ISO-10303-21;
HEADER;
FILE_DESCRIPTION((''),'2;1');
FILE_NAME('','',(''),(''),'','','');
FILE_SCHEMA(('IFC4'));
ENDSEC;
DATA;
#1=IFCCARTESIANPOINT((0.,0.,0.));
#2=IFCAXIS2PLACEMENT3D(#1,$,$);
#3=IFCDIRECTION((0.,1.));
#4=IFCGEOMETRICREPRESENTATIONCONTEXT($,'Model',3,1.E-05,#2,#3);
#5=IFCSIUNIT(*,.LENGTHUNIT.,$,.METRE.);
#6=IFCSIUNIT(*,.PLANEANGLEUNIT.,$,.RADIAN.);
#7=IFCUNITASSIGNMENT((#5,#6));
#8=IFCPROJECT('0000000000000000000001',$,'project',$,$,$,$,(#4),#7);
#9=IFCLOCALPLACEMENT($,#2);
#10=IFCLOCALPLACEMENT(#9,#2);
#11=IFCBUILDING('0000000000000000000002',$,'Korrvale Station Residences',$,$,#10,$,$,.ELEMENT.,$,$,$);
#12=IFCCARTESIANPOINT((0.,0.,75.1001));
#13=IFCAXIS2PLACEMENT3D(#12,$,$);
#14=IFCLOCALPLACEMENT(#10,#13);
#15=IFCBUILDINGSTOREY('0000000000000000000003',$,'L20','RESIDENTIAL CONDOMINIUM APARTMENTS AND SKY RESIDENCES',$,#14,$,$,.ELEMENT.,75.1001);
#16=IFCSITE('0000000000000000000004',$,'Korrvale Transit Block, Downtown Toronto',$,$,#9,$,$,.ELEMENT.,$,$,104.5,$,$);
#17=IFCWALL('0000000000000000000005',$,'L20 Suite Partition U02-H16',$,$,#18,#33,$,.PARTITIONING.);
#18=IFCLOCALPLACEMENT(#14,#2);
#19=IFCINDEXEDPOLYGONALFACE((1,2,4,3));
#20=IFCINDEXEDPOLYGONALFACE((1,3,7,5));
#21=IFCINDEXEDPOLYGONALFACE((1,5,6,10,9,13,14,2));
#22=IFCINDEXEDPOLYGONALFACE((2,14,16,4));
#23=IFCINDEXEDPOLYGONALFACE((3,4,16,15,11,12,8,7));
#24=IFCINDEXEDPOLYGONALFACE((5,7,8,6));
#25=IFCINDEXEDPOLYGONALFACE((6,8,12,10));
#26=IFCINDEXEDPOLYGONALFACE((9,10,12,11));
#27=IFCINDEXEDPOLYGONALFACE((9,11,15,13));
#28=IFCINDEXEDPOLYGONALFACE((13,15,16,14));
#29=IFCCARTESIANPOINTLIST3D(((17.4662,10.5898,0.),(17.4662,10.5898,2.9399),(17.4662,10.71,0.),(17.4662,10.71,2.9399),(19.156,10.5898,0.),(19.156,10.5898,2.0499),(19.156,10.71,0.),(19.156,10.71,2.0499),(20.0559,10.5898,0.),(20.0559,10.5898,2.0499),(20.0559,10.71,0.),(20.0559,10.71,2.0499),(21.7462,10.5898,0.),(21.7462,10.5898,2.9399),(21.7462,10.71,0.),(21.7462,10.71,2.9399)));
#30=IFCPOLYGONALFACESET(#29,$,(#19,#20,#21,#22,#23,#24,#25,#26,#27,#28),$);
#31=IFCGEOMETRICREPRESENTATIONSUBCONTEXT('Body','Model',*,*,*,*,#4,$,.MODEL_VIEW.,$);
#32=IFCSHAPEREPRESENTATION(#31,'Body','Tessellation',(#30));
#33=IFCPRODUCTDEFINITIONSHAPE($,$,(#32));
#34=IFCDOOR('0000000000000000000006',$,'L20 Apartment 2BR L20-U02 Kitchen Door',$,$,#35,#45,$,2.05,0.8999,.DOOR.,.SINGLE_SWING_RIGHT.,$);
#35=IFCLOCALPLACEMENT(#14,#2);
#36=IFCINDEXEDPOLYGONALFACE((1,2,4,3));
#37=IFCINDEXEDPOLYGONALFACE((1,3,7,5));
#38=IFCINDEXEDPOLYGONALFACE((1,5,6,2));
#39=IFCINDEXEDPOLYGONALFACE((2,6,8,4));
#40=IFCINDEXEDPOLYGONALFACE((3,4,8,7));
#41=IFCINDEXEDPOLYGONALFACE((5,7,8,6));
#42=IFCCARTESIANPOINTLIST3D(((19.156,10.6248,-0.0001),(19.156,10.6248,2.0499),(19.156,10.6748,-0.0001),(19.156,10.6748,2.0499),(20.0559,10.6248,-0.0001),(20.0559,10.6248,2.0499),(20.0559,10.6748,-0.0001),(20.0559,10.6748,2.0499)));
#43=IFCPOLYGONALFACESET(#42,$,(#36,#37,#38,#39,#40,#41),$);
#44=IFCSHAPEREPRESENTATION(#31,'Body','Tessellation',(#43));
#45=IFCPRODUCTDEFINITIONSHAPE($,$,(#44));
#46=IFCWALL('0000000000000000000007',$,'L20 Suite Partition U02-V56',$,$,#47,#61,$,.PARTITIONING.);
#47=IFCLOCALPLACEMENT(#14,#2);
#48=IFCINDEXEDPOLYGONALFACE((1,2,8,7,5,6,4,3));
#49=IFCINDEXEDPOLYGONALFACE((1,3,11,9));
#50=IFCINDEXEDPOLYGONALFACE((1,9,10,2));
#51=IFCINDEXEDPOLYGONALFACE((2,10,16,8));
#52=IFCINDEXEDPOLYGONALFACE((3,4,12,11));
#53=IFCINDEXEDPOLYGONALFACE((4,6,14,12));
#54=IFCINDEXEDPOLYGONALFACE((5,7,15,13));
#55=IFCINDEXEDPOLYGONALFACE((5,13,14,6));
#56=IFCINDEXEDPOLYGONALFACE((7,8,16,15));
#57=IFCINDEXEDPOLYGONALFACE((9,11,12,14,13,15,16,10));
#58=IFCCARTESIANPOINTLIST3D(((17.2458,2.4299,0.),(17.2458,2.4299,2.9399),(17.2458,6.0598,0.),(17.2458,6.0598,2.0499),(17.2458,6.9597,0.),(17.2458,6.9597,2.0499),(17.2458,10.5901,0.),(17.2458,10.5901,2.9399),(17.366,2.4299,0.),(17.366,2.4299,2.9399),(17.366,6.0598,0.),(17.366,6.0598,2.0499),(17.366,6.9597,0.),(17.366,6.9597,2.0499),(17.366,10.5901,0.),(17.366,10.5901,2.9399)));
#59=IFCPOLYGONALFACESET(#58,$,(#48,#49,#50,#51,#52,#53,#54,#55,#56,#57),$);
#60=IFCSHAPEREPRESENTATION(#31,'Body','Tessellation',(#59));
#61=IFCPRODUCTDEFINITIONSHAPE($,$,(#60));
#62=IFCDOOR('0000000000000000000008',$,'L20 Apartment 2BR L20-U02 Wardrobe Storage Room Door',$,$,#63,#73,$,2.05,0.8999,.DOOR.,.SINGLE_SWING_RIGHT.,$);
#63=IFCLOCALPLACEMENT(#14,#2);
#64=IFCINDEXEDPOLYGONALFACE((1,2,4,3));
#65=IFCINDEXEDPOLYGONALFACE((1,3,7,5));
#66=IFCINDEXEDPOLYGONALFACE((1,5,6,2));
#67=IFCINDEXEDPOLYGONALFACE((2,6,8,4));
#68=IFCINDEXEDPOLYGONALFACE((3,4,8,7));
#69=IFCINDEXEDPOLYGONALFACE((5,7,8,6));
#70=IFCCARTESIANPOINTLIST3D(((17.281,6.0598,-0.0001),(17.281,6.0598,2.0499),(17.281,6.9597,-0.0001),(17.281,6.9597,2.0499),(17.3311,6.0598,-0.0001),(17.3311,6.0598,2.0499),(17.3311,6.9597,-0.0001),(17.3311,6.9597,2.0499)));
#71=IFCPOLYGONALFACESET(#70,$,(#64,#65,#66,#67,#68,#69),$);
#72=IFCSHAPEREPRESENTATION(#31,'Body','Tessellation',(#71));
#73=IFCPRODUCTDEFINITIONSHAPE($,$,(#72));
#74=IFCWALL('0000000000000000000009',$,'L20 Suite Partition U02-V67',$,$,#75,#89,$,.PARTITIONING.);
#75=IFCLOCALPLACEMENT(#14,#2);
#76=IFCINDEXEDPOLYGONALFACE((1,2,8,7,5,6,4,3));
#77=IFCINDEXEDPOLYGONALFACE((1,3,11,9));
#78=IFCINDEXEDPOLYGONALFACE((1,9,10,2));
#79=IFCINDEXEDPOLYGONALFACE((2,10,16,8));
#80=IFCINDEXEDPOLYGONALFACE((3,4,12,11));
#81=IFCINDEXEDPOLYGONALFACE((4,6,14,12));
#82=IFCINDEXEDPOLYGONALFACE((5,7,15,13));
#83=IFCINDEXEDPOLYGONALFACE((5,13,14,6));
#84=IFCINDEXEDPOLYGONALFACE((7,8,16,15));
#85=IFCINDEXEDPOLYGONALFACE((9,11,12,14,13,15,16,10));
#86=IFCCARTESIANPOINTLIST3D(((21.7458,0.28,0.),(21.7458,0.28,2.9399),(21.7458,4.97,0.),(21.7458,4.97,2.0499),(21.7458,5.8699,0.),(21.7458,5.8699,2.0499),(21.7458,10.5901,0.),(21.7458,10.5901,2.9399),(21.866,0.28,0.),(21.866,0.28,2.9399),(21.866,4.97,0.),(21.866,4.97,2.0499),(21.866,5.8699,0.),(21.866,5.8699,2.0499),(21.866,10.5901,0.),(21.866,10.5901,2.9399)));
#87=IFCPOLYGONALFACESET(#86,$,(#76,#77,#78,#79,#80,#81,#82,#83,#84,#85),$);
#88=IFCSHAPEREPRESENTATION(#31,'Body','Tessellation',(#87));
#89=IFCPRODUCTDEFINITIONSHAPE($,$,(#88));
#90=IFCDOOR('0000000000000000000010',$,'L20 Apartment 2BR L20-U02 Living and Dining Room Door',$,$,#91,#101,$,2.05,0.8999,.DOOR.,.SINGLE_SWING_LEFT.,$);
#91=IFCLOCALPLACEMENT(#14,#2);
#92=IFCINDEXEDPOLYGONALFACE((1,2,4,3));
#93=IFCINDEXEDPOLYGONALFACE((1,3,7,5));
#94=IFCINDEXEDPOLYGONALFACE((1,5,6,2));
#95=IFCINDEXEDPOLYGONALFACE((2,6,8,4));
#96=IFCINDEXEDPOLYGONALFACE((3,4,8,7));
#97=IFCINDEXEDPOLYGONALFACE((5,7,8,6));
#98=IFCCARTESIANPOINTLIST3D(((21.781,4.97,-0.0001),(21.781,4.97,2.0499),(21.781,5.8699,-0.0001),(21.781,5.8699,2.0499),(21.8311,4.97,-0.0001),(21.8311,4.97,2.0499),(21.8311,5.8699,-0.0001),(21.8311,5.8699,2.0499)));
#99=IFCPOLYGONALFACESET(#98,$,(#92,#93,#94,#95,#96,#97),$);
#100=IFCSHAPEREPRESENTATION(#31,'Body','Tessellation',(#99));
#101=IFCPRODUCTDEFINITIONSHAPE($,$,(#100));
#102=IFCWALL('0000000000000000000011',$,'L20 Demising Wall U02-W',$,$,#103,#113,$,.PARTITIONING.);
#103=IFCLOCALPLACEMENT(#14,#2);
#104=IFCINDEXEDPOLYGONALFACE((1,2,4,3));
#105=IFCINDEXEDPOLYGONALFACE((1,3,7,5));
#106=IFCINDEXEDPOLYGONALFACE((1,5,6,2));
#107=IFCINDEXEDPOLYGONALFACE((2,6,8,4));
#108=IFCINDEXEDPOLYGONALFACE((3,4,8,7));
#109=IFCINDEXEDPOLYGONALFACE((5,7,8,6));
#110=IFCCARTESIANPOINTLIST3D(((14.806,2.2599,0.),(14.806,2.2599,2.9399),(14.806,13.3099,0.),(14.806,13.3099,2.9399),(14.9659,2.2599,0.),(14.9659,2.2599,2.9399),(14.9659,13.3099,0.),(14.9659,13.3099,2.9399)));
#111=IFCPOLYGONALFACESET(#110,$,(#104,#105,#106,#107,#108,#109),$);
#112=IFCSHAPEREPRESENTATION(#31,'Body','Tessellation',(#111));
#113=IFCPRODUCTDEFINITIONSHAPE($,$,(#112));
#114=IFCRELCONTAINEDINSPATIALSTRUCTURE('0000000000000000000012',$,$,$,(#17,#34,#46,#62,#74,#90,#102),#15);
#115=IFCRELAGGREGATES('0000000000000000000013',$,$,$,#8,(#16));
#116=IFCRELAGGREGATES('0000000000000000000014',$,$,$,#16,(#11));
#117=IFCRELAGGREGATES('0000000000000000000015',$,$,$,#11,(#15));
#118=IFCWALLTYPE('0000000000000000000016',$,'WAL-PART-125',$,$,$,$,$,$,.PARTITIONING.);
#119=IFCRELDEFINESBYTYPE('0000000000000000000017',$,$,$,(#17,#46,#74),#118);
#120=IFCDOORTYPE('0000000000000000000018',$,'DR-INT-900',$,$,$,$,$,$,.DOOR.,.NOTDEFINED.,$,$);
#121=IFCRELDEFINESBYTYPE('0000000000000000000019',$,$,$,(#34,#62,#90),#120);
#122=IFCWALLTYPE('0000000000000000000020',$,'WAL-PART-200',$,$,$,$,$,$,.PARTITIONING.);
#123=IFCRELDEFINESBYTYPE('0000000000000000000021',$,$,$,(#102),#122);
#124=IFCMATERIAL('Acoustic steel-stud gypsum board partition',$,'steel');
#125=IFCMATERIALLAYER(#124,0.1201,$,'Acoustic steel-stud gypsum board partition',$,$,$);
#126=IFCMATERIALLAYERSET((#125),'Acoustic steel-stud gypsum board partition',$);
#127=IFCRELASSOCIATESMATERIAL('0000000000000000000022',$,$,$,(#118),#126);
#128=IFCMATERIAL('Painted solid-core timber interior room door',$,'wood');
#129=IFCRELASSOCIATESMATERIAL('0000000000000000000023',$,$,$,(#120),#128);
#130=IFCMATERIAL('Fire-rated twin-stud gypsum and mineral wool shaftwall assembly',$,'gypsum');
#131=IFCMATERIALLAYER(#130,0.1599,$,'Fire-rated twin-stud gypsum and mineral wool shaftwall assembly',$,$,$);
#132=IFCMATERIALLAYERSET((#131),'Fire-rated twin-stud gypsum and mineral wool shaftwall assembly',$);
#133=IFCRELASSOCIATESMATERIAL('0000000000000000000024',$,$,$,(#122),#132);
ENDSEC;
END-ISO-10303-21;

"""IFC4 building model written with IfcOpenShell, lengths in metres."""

from ifc_helpers import new_model, si_unit, direction, frame, frame_2d, origin, place, context, subcontext, project, spatial, rectangle, extrude, material, layer, layer_set, type_object, element, fill, save


model = new_model("IFC4")

# Units and contexts
model_context = context("Model", 3, precision=1e-05, world=origin(), true_north=direction((0.0, 1.0)))
body_context = subcontext(model_context, "Body", "Model", "MODEL_VIEW")
ifc_project = project(units=[si_unit("LENGTHUNIT", "METRE"), si_unit("PLANEANGLEUNIT", "RADIAN")], contexts=[model_context])

# Site, building, storey
site_placement = place(None, origin())
site = spatial("IfcSite", under=ifc_project, at=site_placement, Name="Korrvale Transit Block, Downtown Toronto", CompositionType="ELEMENT", RefElevation=104.5)
building_placement = place(site_placement, origin())
building = spatial("IfcBuilding", under=site, at=building_placement, Name="Korrvale Station Residences", CompositionType="ELEMENT")
storey_placement = place(building_placement, frame((0.0, 0.0, 75.1001)))
storey = spatial("IfcBuildingStorey", under=building, at=storey_placement, Name="L20", Description="RESIDENTIAL CONDOMINIUM APARTMENTS AND SKY RESIDENCES", CompositionType="ELEMENT", Elevation=75.1001)

# Shared definitions
ifc_material_1 = material(Name="Acoustic steel-stud gypsum board partition", Category="steel")
ifc_layer_1 = layer(ifc_material_1, 0.1201, Name="Acoustic steel-stud gypsum board partition")
ifc_layer_set_1 = layer_set([ifc_layer_1], Name="Acoustic steel-stud gypsum board partition")
wall_type_1 = type_object("IfcWallType", Name="WAL-PART-125", PredefinedType="PARTITIONING", material=ifc_layer_set_1)

# Shared definitions
ifc_material_2 = material(Name="Painted solid-core timber interior room door", Category="wood")
door_type_1 = type_object("IfcDoorType", Name="DR-INT-900", OperationType="NOTDEFINED", PredefinedType="DOOR", material=ifc_material_2)

# Walls, openings, doors
wall_1_placement = place(storey_placement, frame((17.4661, 10.6499, 0.0), z_axis=(0.0, 0.0, 1.0), x_axis=(1.0, 0.0, 0.0)))
wall_1 = element("IfcWall", 1, at=wall_1_placement, inside=storey, type_object=wall_type_1, Name="L20 Suite Partition U02-H16", PredefinedType="PARTITIONING", context=body_context, shape_type="SweptSolid", body=[
    extrude(rectangle(XDim=4.28, YDim=0.1201, at=frame_2d((2.1401, 0.0))), origin(), (0.0, 0.0, 1.0), 2.9399),
])
opening_1_placement = place(wall_1_placement, frame((1.6899, 0.0, 0.0)))
opening_1 = element("IfcOpeningElement", 2, at=opening_1_placement, cuts=wall_1, PredefinedType="OPENING", context=body_context, shape_type="SweptSolid", body=[
    extrude(rectangle(XDim=0.8999, YDim=2.05, at=frame_2d((0.45, 1.0249))), frame((0.0, 0.0701, 0.0), z_axis=(0.0, -1.0, 0.0), x_axis=(1.0, 0.0, 0.0)), (0.0, 0.0, 1.0), 0.1401),
])
door_1_placement = place(opening_1_placement, origin())
door_1 = element("IfcDoor", 3, at=door_1_placement, inside=storey, type_object=door_type_1, Name="L20 Apartment 2BR L20-U02 Kitchen Door", OperationType="SINGLE_SWING_RIGHT", OverallHeight=2.05, OverallWidth=0.8999, PredefinedType="DOOR", context=body_context, shape_type="SweptSolid", body=[
    extrude(rectangle(XDim=0.8999, YDim=2.05, at=frame_2d((0.45, 1.0249))), frame((0.0, 0.0249, 0.0), z_axis=(0.0, -1.0, 0.0), x_axis=(1.0, 0.0, 0.0)), (0.0, 0.0, 1.0), 0.05),
])
fill(opening_1, door_1)
wall_2_placement = place(storey_placement, frame((17.3059, 2.4299, 0.0), z_axis=(0.0, 0.0, 1.0), x_axis=(0.0, 1.0, 0.0)))
wall_2 = element("IfcWall", 4, at=wall_2_placement, inside=storey, type_object=wall_type_1, Name="L20 Suite Partition U02-V56", PredefinedType="PARTITIONING", context=body_context, shape_type="SweptSolid", body=[
    extrude(rectangle(XDim=8.1602, YDim=0.1201, at=frame_2d((4.0801, 0.0))), origin(), (0.0, 0.0, 1.0), 2.9399),
])
opening_2_placement = place(wall_2_placement, frame((3.6299, 0.0, 0.0)))
opening_2 = element("IfcOpeningElement", 5, at=opening_2_placement, cuts=wall_2, PredefinedType="OPENING", context=body_context, shape_type="SweptSolid", body=[
    extrude(rectangle(XDim=0.8999, YDim=2.05, at=frame_2d((0.45, 1.0249))), frame((0.0, 0.0701, 0.0), z_axis=(0.0, -1.0, 0.0), x_axis=(1.0, 0.0, 0.0)), (0.0, 0.0, 1.0), 0.1401),
])
door_2_placement = place(opening_2_placement, origin())
door_2 = element("IfcDoor", 6, at=door_2_placement, inside=storey, type_object=door_type_1, Name="L20 Apartment 2BR L20-U02 Wardrobe Storage Room Door", OperationType="SINGLE_SWING_RIGHT", OverallHeight=2.05, OverallWidth=0.8999, PredefinedType="DOOR", context=body_context, shape_type="SweptSolid", body=[
    extrude(rectangle(XDim=0.8999, YDim=2.05, at=frame_2d((0.45, 1.0249))), frame((0.0, 0.0249, 0.0), z_axis=(0.0, -1.0, 0.0), x_axis=(1.0, 0.0, 0.0)), (0.0, 0.0, 1.0), 0.05),
])
fill(opening_2, door_2)
wall_3_placement = place(storey_placement, frame((21.8059, 0.28, 0.0), z_axis=(0.0, 0.0, 1.0), x_axis=(0.0, 1.0, 0.0)))
wall_3 = element("IfcWall", 7, at=wall_3_placement, inside=storey, type_object=wall_type_1, Name="L20 Suite Partition U02-V67", PredefinedType="PARTITIONING", context=body_context, shape_type="SweptSolid", body=[
    extrude(rectangle(XDim=10.3101, YDim=0.1201, at=frame_2d((5.155, 0.0))), origin(), (0.0, 0.0, 1.0), 2.9399),
])
opening_3_placement = place(wall_3_placement, frame((4.6899, 0.0, 0.0)))
opening_3 = element("IfcOpeningElement", 8, at=opening_3_placement, cuts=wall_3, PredefinedType="OPENING", context=body_context, shape_type="SweptSolid", body=[
    extrude(rectangle(XDim=0.8999, YDim=2.05, at=frame_2d((0.45, 1.0249))), frame((0.0, 0.0701, 0.0), z_axis=(0.0, -1.0, 0.0), x_axis=(1.0, 0.0, 0.0)), (0.0, 0.0, 1.0), 0.1401),
])
door_3_placement = place(opening_3_placement, origin())
door_3 = element("IfcDoor", 9, at=door_3_placement, inside=storey, type_object=door_type_1, Name="L20 Apartment 2BR L20-U02 Living and Dining Room Door", OperationType="SINGLE_SWING_LEFT", OverallHeight=2.05, OverallWidth=0.8999, PredefinedType="DOOR", context=body_context, shape_type="SweptSolid", body=[
    extrude(rectangle(XDim=0.8999, YDim=2.05, at=frame_2d((0.45, 1.0249))), frame((0.0, 0.0249, 0.0), z_axis=(0.0, -1.0, 0.0), x_axis=(1.0, 0.0, 0.0)), (0.0, 0.0, 1.0), 0.05),
])
fill(opening_3, door_3)

# Wall
ifc_material_3 = material(Name="Fire-rated twin-stud gypsum and mineral wool shaftwall assembly", Category="gypsum")
ifc_layer_2 = layer(ifc_material_3, 0.1599, Name="Fire-rated twin-stud gypsum and mineral wool shaftwall assembly")
ifc_layer_set_2 = layer_set([ifc_layer_2], Name="Fire-rated twin-stud gypsum and mineral wool shaftwall assembly")
wall_type_2 = type_object("IfcWallType", Name="WAL-PART-200", PredefinedType="PARTITIONING", material=ifc_layer_set_2)
wall_4_placement = place(storey_placement, frame((14.886, 2.26, 0.0), z_axis=(0.0, 0.0, 1.0), x_axis=(0.0, 1.0, 0.0)))
element("IfcWall", 10, at=wall_4_placement, inside=storey, type_object=wall_type_2, Name="L20 Demising Wall U02-W", PredefinedType="PARTITIONING", context=body_context, shape_type="SweptSolid", body=[
    extrude(rectangle(XDim=11.05, YDim=0.1599, at=frame_2d((5.5249, 0.0))), origin(), (0.0, 0.0, 1.0), 2.9399),
])

save(model, "model.ifc")
